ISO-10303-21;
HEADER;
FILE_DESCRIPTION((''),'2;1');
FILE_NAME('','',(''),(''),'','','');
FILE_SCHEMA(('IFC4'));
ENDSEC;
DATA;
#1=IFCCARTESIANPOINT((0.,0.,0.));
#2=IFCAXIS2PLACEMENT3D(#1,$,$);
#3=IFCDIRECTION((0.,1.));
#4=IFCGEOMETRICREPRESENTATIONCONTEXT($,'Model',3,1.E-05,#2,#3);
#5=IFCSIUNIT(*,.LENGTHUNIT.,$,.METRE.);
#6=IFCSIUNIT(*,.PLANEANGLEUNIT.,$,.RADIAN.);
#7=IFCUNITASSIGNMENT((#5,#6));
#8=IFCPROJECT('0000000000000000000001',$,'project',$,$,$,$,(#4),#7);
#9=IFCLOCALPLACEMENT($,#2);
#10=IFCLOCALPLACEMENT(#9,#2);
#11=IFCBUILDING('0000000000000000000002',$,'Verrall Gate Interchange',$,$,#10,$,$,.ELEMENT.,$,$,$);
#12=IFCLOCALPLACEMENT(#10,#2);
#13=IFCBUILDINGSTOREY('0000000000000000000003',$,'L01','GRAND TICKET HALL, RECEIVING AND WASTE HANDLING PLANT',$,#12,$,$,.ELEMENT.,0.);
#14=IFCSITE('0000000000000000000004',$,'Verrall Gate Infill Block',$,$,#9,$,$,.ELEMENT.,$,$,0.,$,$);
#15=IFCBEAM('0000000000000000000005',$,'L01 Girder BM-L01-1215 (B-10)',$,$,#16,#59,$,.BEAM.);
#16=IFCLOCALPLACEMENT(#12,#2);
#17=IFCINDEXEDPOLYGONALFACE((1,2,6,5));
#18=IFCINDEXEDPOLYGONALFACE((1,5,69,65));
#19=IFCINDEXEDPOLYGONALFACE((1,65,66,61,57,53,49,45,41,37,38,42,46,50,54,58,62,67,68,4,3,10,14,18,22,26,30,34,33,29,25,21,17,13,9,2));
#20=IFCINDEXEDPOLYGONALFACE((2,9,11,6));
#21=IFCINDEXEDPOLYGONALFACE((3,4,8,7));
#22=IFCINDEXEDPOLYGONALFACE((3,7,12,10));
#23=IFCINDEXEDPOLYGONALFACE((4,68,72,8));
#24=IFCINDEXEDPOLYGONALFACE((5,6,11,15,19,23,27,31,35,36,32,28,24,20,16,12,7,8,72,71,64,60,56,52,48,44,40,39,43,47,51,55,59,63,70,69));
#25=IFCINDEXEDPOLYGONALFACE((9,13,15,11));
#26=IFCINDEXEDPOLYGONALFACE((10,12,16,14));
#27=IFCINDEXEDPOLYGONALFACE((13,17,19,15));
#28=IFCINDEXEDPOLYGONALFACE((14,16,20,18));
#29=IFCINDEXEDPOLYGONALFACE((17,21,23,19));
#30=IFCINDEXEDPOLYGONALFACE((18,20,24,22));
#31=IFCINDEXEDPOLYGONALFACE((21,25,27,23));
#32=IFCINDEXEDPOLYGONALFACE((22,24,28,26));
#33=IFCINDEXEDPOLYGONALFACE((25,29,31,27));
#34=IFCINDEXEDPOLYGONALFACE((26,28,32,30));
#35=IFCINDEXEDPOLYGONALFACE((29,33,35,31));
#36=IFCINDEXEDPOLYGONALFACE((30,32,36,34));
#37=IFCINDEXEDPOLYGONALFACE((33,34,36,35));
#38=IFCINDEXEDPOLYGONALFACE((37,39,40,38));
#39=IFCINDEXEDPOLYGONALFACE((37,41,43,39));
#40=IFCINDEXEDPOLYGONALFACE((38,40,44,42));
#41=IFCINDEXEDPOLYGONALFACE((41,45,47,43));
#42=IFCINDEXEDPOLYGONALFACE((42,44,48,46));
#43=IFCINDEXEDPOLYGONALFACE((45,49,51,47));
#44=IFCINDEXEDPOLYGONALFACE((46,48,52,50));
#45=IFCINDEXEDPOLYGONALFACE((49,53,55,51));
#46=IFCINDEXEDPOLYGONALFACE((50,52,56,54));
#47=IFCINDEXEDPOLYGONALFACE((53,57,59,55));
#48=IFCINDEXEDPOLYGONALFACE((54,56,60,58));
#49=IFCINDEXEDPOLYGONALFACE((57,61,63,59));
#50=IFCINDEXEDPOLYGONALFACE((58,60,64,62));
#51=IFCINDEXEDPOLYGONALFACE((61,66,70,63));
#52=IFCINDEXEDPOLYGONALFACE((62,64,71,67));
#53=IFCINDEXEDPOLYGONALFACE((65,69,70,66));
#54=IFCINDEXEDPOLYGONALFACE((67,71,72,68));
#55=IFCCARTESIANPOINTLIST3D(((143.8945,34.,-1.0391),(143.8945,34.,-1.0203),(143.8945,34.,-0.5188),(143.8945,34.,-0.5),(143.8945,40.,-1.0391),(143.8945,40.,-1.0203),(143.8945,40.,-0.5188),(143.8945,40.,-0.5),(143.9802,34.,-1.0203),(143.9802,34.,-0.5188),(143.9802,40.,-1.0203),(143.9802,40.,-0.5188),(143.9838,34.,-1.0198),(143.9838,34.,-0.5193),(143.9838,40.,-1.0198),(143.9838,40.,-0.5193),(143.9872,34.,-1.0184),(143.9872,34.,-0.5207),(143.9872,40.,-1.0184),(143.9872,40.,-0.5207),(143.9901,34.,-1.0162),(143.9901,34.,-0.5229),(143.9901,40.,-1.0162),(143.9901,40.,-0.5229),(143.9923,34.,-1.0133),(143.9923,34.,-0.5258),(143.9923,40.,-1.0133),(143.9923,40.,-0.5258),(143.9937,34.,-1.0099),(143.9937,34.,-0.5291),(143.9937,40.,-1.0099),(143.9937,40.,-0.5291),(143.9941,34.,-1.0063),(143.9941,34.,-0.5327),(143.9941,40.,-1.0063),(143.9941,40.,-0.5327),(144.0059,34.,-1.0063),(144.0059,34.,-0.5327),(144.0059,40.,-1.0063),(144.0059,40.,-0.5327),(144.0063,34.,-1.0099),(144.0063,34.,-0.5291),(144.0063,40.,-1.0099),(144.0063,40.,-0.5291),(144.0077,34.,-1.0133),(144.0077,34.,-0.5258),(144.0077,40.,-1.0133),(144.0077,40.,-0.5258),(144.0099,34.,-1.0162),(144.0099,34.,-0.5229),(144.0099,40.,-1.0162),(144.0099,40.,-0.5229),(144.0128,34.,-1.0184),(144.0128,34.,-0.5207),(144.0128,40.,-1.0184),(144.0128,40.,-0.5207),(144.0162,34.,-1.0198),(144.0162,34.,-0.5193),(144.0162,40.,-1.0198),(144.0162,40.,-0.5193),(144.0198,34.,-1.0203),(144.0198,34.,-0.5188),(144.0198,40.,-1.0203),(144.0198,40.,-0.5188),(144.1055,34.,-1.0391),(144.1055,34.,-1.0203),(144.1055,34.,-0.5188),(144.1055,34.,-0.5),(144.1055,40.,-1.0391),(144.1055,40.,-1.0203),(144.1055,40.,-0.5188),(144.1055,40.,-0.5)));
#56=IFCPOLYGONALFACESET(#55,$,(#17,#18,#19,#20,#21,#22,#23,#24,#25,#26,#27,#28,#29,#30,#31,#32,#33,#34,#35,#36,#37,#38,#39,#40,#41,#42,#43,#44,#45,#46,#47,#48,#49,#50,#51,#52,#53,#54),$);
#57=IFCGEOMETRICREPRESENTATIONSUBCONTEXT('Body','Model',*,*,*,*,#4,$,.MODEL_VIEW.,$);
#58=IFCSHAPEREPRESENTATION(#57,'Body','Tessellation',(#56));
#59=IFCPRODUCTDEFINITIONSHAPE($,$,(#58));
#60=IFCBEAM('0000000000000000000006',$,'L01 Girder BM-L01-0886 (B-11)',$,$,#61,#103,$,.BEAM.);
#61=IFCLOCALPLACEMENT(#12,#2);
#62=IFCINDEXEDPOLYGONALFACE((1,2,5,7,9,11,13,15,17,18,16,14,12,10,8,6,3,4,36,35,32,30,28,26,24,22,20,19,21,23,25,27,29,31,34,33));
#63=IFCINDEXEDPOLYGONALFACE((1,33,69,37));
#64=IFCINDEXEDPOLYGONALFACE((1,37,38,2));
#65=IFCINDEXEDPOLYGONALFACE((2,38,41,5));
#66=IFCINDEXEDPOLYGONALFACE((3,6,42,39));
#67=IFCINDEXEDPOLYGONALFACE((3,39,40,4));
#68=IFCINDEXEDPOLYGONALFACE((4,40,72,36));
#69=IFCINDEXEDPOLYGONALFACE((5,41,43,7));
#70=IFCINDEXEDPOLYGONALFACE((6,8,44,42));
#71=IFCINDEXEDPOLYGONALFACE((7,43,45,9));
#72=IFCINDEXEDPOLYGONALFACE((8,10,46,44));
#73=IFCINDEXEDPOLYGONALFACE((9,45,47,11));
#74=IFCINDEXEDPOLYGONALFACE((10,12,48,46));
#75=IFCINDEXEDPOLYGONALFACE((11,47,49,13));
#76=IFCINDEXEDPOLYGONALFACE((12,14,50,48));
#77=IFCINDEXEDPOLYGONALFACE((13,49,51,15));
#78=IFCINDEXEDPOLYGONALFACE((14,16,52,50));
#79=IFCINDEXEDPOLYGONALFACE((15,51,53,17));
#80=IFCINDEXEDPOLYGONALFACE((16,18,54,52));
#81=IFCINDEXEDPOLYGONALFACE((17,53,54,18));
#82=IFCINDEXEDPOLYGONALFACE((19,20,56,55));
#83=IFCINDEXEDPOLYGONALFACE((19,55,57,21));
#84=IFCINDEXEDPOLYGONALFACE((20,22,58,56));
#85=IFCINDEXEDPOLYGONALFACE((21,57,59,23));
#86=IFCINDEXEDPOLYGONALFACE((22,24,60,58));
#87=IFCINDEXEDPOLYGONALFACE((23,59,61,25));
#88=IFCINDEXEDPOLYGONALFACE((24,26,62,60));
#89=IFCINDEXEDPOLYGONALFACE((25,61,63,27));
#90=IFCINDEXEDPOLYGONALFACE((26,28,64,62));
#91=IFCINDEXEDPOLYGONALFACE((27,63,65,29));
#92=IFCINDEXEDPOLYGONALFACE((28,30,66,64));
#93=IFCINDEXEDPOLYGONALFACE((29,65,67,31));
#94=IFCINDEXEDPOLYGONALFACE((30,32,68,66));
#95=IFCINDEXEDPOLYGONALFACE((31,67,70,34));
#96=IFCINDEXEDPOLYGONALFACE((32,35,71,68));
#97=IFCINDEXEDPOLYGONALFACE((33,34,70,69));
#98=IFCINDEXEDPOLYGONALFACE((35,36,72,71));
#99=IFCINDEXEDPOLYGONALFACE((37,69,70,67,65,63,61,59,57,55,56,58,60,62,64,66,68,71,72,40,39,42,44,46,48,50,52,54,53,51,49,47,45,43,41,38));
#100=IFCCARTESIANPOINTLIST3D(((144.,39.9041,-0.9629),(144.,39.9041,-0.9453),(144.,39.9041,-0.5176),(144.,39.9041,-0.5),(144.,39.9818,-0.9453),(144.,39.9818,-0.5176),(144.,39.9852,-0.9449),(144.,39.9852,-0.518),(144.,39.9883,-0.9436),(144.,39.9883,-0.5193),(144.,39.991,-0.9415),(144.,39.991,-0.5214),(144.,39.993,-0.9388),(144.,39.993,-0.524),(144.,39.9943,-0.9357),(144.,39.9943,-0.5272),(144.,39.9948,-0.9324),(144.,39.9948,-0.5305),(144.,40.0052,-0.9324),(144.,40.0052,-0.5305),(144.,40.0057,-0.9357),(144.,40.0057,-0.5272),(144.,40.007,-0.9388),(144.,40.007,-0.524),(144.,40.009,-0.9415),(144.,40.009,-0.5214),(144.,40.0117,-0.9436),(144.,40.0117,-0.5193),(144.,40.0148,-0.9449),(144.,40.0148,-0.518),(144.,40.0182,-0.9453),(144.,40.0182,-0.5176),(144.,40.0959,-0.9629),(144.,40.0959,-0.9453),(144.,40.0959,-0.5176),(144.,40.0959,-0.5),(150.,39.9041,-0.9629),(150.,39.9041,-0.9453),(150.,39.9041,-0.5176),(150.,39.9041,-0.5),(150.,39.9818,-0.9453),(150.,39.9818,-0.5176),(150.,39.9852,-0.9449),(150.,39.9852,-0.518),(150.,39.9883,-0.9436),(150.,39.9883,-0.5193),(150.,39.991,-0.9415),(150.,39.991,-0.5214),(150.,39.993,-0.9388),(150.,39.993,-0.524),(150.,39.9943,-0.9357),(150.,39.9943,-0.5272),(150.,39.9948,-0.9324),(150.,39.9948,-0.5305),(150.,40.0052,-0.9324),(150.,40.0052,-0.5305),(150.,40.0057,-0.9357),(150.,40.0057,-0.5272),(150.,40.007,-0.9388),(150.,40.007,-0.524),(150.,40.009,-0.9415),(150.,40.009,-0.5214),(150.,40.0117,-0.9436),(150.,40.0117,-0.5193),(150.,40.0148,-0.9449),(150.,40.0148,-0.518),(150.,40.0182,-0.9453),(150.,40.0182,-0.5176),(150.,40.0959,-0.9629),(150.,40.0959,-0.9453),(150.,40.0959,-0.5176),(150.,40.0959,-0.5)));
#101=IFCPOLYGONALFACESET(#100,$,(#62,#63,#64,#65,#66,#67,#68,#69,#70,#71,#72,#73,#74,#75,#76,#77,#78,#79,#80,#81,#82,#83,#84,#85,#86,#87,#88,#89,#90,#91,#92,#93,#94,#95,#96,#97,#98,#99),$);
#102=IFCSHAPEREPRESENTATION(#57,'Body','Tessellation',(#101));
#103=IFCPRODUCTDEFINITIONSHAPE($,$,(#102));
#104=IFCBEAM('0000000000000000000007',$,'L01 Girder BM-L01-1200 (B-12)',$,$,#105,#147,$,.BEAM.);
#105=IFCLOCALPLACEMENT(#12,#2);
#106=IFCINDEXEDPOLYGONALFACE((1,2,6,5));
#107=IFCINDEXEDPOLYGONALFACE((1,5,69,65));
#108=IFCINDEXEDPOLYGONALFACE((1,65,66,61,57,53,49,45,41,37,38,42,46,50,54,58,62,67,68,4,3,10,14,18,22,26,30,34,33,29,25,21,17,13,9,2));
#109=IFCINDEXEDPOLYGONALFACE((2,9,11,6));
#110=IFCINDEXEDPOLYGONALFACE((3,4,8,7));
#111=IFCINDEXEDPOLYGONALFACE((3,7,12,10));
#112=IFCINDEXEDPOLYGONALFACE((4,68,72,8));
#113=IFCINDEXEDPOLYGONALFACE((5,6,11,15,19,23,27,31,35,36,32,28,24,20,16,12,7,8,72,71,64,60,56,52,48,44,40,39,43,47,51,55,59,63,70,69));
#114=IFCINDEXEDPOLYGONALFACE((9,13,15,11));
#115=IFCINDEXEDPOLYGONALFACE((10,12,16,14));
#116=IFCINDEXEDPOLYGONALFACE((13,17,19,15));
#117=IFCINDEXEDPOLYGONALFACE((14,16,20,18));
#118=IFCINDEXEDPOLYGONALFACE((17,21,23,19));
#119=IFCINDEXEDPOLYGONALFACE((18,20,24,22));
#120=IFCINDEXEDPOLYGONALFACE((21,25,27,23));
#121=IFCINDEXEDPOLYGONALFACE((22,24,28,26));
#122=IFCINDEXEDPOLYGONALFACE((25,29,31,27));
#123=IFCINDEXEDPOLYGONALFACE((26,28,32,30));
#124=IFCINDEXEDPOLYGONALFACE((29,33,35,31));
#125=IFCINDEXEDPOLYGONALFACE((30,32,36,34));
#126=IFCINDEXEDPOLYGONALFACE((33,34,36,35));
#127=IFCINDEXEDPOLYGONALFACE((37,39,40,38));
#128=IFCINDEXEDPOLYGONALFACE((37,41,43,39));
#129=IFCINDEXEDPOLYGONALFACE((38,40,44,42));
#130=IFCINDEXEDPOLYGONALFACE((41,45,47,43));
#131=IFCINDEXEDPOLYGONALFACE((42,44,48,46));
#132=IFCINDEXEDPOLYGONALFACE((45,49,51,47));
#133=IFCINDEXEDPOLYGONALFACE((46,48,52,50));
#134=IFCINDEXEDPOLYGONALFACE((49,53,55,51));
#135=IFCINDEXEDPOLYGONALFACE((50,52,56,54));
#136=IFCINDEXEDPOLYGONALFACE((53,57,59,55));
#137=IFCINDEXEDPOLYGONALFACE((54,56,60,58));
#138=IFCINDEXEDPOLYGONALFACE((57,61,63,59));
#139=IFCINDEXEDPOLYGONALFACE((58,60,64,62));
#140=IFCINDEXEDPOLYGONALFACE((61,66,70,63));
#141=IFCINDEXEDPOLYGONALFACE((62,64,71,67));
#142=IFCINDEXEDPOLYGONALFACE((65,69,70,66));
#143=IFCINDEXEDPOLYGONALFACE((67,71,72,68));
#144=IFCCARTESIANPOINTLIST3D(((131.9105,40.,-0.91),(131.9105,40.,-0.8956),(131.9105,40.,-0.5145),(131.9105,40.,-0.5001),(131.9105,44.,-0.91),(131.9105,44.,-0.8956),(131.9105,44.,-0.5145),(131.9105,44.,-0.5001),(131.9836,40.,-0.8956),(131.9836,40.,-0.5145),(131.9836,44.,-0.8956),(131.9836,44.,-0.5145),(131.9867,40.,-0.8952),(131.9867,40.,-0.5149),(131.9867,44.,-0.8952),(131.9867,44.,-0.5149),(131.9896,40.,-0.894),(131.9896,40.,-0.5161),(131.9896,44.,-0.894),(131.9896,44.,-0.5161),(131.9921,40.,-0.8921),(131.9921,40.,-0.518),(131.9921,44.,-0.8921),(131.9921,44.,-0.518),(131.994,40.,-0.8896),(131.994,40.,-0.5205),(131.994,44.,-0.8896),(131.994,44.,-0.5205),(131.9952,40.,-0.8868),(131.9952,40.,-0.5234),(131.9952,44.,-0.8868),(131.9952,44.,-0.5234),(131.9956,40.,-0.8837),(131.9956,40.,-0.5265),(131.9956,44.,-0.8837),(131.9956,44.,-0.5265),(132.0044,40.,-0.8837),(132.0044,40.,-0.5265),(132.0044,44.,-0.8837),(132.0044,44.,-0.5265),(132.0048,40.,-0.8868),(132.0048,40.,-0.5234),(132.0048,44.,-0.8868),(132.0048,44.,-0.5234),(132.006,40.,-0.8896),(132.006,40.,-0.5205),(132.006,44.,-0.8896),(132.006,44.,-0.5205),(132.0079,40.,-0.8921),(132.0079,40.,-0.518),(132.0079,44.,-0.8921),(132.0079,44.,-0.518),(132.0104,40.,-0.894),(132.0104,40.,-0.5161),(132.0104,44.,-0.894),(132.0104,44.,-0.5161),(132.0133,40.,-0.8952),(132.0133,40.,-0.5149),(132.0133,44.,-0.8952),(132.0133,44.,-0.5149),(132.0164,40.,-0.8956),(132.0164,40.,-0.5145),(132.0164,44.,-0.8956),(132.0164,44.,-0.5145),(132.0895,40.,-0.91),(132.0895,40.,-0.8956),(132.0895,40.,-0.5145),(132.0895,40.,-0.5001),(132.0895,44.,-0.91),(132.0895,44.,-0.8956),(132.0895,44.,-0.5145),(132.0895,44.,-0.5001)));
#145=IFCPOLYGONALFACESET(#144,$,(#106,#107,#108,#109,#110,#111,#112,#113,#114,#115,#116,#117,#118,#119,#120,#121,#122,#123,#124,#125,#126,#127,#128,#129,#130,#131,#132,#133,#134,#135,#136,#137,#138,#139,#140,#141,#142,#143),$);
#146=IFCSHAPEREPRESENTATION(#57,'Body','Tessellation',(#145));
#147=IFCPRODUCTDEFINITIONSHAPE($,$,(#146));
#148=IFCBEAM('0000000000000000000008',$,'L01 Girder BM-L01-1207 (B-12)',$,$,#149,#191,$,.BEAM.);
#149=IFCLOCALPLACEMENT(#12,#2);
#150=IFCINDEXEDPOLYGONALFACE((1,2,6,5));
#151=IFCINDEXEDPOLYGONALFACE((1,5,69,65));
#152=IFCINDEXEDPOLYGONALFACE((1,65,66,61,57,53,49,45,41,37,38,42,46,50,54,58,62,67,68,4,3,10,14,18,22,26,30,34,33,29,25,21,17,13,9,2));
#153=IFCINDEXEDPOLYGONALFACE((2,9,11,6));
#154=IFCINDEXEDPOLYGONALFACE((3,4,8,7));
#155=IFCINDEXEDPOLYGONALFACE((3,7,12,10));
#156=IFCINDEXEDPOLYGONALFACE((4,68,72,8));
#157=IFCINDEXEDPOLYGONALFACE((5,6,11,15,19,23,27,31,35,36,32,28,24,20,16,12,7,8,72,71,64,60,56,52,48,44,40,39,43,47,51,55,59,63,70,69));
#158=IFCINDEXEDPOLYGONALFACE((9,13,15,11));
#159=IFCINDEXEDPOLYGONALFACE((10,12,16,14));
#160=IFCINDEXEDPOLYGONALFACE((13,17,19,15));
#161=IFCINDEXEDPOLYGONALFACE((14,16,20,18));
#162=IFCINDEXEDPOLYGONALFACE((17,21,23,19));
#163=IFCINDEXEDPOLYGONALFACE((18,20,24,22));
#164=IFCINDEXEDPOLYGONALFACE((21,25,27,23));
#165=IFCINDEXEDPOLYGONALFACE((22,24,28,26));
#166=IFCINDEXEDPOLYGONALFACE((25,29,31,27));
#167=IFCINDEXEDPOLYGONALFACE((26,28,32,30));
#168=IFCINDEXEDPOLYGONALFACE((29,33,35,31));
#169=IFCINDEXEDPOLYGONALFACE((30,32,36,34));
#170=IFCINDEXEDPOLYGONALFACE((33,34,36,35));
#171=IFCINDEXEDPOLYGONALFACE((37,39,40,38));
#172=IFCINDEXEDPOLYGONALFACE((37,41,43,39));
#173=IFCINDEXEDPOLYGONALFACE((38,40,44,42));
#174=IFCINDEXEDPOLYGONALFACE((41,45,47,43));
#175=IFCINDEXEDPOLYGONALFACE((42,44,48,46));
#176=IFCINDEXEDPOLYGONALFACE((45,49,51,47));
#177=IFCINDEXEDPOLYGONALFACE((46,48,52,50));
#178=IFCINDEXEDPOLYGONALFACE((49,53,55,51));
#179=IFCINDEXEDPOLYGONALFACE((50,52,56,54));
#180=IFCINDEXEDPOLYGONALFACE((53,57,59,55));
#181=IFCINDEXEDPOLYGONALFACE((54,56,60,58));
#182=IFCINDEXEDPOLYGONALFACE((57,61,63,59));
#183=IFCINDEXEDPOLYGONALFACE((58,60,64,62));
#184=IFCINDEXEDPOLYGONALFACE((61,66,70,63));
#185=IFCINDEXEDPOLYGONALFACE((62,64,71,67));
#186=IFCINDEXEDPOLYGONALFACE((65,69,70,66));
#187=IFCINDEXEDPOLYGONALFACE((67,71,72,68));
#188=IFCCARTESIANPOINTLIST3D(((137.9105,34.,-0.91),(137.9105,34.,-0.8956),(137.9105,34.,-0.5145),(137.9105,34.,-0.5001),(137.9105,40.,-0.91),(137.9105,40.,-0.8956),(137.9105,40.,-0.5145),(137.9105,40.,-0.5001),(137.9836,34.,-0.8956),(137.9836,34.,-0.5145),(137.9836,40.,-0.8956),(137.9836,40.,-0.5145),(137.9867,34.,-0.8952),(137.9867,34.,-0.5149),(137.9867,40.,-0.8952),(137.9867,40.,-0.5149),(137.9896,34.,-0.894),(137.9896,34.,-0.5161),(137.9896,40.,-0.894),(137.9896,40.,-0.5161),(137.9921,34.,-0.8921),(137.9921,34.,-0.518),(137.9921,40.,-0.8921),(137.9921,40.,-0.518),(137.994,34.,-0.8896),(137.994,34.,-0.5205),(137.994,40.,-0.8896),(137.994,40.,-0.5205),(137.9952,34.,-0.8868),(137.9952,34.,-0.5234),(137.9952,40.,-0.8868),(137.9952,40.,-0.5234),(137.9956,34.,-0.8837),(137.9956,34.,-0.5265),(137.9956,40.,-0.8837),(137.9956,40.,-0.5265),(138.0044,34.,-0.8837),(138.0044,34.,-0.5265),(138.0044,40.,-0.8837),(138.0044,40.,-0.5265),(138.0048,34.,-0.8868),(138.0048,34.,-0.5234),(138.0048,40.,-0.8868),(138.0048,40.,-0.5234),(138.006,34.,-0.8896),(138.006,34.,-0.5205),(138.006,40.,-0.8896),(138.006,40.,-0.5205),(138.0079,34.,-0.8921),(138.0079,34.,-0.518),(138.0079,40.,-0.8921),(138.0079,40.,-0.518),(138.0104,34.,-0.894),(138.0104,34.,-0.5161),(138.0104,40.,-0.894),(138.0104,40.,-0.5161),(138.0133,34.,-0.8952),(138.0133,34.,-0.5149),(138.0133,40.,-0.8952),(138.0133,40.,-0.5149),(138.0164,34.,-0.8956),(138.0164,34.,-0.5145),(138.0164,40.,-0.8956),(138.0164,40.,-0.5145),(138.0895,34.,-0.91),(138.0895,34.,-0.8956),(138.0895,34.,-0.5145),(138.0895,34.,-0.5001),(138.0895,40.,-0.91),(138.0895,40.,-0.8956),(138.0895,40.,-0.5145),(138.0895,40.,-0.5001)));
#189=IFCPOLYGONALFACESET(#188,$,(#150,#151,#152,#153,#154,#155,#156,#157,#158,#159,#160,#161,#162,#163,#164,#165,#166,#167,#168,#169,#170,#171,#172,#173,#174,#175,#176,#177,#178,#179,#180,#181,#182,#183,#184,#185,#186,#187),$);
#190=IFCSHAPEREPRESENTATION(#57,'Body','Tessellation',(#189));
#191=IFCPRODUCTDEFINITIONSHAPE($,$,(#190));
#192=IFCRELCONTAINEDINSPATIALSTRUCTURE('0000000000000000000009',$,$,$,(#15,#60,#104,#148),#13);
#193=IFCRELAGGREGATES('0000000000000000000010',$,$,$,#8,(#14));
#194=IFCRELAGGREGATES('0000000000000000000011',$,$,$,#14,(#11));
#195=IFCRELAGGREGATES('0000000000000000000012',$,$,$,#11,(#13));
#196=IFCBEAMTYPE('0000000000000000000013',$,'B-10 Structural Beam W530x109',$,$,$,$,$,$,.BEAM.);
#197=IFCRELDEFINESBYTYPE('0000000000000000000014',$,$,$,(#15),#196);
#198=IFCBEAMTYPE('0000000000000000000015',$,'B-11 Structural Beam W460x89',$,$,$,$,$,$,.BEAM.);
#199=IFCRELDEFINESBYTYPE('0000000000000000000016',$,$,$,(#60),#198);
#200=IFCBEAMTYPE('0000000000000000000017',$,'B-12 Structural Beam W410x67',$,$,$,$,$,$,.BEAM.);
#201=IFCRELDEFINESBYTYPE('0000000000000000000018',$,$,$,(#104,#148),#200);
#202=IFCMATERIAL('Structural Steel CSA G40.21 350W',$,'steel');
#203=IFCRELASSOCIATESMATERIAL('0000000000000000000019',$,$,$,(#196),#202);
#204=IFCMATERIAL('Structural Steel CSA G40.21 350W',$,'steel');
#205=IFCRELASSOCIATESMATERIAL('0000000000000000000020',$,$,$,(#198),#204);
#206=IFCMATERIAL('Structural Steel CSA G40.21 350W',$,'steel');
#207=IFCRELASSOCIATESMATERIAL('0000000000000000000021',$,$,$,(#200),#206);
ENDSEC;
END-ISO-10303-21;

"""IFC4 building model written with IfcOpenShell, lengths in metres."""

from ifc_helpers import new_model, si_unit, direction, frame, origin, origin_2d, place, context, subcontext, project, spatial, i_section, extrude, material, material_profile, profile_set, type_object, element, save


model = new_model("IFC4")

# Units and contexts
model_context = context("Model", 3, precision=1e-05, world=origin(), true_north=direction((0.0, 1.0)))
body_context = subcontext(model_context, "Body", "Model", "MODEL_VIEW")
ifc_project = project(units=[si_unit("LENGTHUNIT", "METRE"), si_unit("PLANEANGLEUNIT", "RADIAN")], contexts=[model_context])

# Site, building, storey
site_placement = place(None, origin())
site = spatial("IfcSite", under=ifc_project, at=site_placement, Name="Verrall Gate Infill Block", CompositionType="ELEMENT", RefElevation=0.0)
building_placement = place(site_placement, origin())
building = spatial("IfcBuilding", under=site, at=building_placement, Name="Verrall Gate Interchange", CompositionType="ELEMENT")
storey_placement = place(building_placement, origin())
storey = spatial("IfcBuildingStorey", under=building, at=storey_placement, Name="L01", Description="GRAND TICKET HALL, RECEIVING AND WASTE HANDLING PLANT", CompositionType="ELEMENT", Elevation=0.0)

# Beams
ifc_material_1 = material(Name="Structural Steel CSA G40.21 350W", Category="steel")
ifc_material_profile_1 = material_profile(ifc_material_1, i_section(OverallWidth=0.2109, OverallDepth=0.5391, WebThickness=0.0117, FlangeThickness=0.0188, FilletRadius=0.0139, at=origin_2d()), Name="W530x109")
ifc_profile_set_1 = profile_set([ifc_material_profile_1], Name="Structural Steel CSA G40.21 350W")
beam_type_1 = type_object("IfcBeamType", Name="B-10 Structural Beam W530x109", PredefinedType="BEAM", material=ifc_profile_set_1)
beam_1_placement = place(storey_placement, frame((144.0, 34.0, -0.7695), z_axis=(0.0, 1.0, 0.0), x_axis=(-1.0, 0.0, 0.0)))
element("IfcBeam", 1, at=beam_1_placement, inside=storey, type_object=beam_type_1, Name="L01 Girder BM-L01-1215 (B-10)", PredefinedType="BEAM", context=body_context, shape_type="SweptSolid", body=[
    extrude(i_section(OverallWidth=0.2109, OverallDepth=0.5391, WebThickness=0.0117, FlangeThickness=0.0188, FilletRadius=0.0139, at=origin_2d()), origin(), (0.0, 0.0, 1.0), 6.0),
])
ifc_material_2 = material(Name="Structural Steel CSA G40.21 350W", Category="steel")
ifc_material_profile_2 = material_profile(ifc_material_2, i_section(OverallWidth=0.1919, OverallDepth=0.4629, WebThickness=0.0105, FlangeThickness=0.0176, FilletRadius=0.0129, at=origin_2d()), Name="W460x89")
ifc_profile_set_2 = profile_set([ifc_material_profile_2], Name="Structural Steel CSA G40.21 350W")
beam_type_2 = type_object("IfcBeamType", Name="B-11 Structural Beam W460x89", PredefinedType="BEAM", material=ifc_profile_set_2)
beam_2_placement = place(storey_placement, frame((144.0, 40.0, -0.7314), z_axis=(1.0, 0.0, 0.0), x_axis=(0.0, 1.0, 0.0)))
element("IfcBeam", 2, at=beam_2_placement, inside=storey, type_object=beam_type_2, Name="L01 Girder BM-L01-0886 (B-11)", PredefinedType="BEAM", context=body_context, shape_type="SweptSolid", body=[
    extrude(i_section(OverallWidth=0.1919, OverallDepth=0.4629, WebThickness=0.0105, FlangeThickness=0.0176, FilletRadius=0.0129, at=origin_2d()), origin(), (0.0, 0.0, 1.0), 6.0),
])
ifc_material_3 = material(Name="Structural Steel CSA G40.21 350W", Category="steel")
ifc_material_profile_3 = material_profile(ifc_material_3, i_section(OverallWidth=0.179, OverallDepth=0.4099, WebThickness=0.0088, FlangeThickness=0.0144, FilletRadius=0.012, at=origin_2d()), Name="W410x67")
ifc_profile_set_3 = profile_set([ifc_material_profile_3], Name="Structural Steel CSA G40.21 350W")
beam_type_3 = type_object("IfcBeamType", Name="B-12 Structural Beam W410x67", PredefinedType="BEAM", material=ifc_profile_set_3)
beam_3_placement = place(storey_placement, frame((132.0, 40.0, -0.7051), z_axis=(0.0, 1.0, 0.0), x_axis=(-1.0, 0.0, 0.0)))
element("IfcBeam", 3, at=beam_3_placement, inside=storey, type_object=beam_type_3, Name="L01 Girder BM-L01-1200 (B-12)", PredefinedType="BEAM", context=body_context, shape_type="SweptSolid", body=[
    extrude(i_section(OverallWidth=0.179, OverallDepth=0.4099, WebThickness=0.0088, FlangeThickness=0.0144, FilletRadius=0.012, at=origin_2d()), origin(), (0.0, 0.0, 1.0), 4.0),
])
beam_4_placement = place(storey_placement, frame((138.0, 34.0, -0.7051), z_axis=(0.0, 1.0, 0.0), x_axis=(-1.0, 0.0, 0.0)))
element("IfcBeam", 4, at=beam_4_placement, inside=storey, type_object=beam_type_3, Name="L01 Girder BM-L01-1207 (B-12)", PredefinedType="BEAM", context=body_context, shape_type="SweptSolid", body=[
    extrude(i_section(OverallWidth=0.179, OverallDepth=0.4099, WebThickness=0.0088, FlangeThickness=0.0144, FilletRadius=0.012, at=origin_2d()), origin(), (0.0, 0.0, 1.0), 6.0),
])

save(model, "model.ifc")
